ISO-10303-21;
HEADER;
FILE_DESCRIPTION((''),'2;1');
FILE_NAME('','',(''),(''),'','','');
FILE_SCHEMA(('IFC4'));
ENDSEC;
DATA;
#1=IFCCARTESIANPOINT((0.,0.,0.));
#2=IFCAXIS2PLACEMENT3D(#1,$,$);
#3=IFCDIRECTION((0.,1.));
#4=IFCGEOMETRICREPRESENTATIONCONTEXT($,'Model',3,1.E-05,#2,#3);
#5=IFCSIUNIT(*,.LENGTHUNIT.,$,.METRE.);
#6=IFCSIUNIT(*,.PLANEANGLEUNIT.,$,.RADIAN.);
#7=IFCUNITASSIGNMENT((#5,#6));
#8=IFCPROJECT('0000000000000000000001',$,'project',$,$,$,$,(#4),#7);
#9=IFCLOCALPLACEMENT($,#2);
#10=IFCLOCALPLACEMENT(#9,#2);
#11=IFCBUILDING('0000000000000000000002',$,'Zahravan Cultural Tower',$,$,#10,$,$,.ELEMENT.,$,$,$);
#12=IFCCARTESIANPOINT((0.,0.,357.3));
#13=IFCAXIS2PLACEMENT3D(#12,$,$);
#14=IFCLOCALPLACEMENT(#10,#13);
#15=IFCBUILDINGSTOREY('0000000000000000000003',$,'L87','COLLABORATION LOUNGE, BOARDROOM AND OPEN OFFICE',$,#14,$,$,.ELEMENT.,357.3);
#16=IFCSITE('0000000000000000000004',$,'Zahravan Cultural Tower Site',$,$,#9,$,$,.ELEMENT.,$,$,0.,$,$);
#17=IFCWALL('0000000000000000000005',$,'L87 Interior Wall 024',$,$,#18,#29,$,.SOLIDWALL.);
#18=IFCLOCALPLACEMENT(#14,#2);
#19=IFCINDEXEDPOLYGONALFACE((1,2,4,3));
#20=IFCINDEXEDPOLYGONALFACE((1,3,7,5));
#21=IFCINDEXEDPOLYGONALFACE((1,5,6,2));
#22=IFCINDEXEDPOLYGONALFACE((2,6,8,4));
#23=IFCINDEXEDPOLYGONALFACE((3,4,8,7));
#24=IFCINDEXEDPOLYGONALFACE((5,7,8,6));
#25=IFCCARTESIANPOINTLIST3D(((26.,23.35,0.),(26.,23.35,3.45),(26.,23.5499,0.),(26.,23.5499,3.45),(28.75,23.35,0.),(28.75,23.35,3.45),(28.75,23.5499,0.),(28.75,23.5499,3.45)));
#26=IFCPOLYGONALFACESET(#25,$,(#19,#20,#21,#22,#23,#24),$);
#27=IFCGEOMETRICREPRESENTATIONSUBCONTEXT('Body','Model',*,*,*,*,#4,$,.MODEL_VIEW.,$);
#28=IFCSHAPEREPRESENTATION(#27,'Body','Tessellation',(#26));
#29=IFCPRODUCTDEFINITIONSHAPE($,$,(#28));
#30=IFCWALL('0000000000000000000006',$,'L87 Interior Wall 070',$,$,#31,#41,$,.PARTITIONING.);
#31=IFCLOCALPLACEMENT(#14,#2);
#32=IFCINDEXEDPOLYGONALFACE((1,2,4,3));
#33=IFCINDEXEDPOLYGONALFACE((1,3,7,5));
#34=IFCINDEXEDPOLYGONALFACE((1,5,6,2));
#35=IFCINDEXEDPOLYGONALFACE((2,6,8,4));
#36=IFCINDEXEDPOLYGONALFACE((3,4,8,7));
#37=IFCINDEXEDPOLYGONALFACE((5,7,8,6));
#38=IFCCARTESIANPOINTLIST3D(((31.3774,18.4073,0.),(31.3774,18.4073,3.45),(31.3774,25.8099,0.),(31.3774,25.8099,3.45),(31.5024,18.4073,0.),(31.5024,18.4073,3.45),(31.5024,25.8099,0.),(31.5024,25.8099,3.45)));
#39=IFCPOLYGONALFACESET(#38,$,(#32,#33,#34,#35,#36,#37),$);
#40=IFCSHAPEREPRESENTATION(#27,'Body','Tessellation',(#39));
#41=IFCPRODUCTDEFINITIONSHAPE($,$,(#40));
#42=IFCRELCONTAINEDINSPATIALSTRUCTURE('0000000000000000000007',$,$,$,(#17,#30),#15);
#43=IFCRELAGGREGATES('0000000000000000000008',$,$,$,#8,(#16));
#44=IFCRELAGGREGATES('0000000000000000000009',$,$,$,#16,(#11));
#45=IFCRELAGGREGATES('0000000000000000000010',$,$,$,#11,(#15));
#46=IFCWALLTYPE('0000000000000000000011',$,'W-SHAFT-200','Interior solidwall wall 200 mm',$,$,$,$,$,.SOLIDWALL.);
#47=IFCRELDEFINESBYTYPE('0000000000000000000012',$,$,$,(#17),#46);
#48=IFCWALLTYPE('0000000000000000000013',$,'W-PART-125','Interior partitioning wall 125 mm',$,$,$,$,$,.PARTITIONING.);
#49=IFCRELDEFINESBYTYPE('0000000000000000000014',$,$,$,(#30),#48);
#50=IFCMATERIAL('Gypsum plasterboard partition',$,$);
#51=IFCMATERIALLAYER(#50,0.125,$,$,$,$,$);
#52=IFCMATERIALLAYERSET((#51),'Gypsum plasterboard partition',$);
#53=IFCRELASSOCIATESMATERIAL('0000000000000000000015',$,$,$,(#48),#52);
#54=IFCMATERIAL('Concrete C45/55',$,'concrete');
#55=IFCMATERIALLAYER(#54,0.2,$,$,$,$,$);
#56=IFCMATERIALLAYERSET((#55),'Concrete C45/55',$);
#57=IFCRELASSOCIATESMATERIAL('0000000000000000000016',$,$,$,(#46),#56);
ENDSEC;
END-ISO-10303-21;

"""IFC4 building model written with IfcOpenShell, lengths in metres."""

from ifc_helpers import new_model, si_unit, direction, frame, frame_2d, origin, place, context, subcontext, project, spatial, rectangle, extrude, source, transform, mapped, material, layer, layer_set, type_object, element, save


model = new_model("IFC4")

# Units and contexts
model_context = context("Model", 3, precision=1e-05, world=origin(), true_north=direction((0.0, 1.0)))
body_context = subcontext(model_context, "Body", "Model", "MODEL_VIEW")
ifc_project = project(units=[si_unit("LENGTHUNIT", "METRE"), si_unit("PLANEANGLEUNIT", "RADIAN")], contexts=[model_context])

# Site, building, storey
site_placement = place(None, origin())
site = spatial("IfcSite", under=ifc_project, at=site_placement, Name="Zahravan Cultural Tower Site", CompositionType="ELEMENT", RefElevation=0.0)
building_placement = place(site_placement, origin())
building = spatial("IfcBuilding", under=site, at=building_placement, Name="Zahravan Cultural Tower", CompositionType="ELEMENT")
storey_placement = place(building_placement, frame((0.0, 0.0, 357.3)))
storey = spatial("IfcBuildingStorey", under=building, at=storey_placement, Name="L87", Description="COLLABORATION LOUNGE, BOARDROOM AND OPEN OFFICE", CompositionType="ELEMENT", Elevation=357.3)

# Shared definitions
ifc_material_1 = material(Name="Gypsum plasterboard partition")
ifc_layer_1 = layer(ifc_material_1, 0.125)
ifc_layer_set_1 = layer_set([ifc_layer_1], Name="Gypsum plasterboard partition")
wall_type_1 = type_object("IfcWallType", Name="W-PART-125", Description="Interior partitioning wall 125 mm", PredefinedType="PARTITIONING", material=ifc_layer_set_1)

# Shared definitions
ifc_material_2 = material(Name="Concrete C45/55", Category="concrete")
ifc_layer_2 = layer(ifc_material_2, 0.2)
ifc_layer_set_2 = layer_set([ifc_layer_2], Name="Concrete C45/55")
wall_type_2 = type_object("IfcWallType", Name="W-SHAFT-200", Description="Interior solidwall wall 200 mm", PredefinedType="SOLIDWALL", material=ifc_layer_set_2)

# Walls
shared_shape_1 = source(origin(), body_context, "Body", "SweptSolid", [
    extrude(rectangle(XDim=2.75, YDim=0.2, at=frame_2d((1.375, 0.0))), origin(), (0.0, 0.0, 1.0), 3.45),
])
wall_1_placement = place(storey_placement, frame((26.0, 23.45, 0.0), z_axis=(0.0, 0.0, 1.0), x_axis=(1.0, 0.0, 0.0)))
element("IfcWall", 1, at=wall_1_placement, inside=storey, type_object=wall_type_2, Name="L87 Interior Wall 024", PredefinedType="SOLIDWALL", context=body_context, shape_type="MappedRepresentation", body=[
    mapped(shared_shape_1, transform((0.0, 0.0, 0.0), x_axis=(1.0, 0.0, 0.0), y_axis=(0.0, 1.0, 0.0), z_axis=(0.0, 0.0, 1.0), scale=1.0)),
])
shared_shape_2 = source(origin(), body_context, "Body", "SweptSolid", [
    extrude(rectangle(XDim=7.4026, YDim=0.125, at=frame_2d((3.7012, 0.0))), origin(), (0.0, 0.0, 1.0), 3.45),
])
wall_2_placement = place(storey_placement, frame((31.4399, 18.4075, 0.0), z_axis=(0.0, 0.0, 1.0), x_axis=(0.0, 1.0, 0.0)))
element("IfcWall", 2, at=wall_2_placement, inside=storey, type_object=wall_type_1, Name="L87 Interior Wall 070", PredefinedType="PARTITIONING", context=body_context, shape_type="MappedRepresentation", body=[
    mapped(shared_shape_2, transform((0.0, 0.0, 0.0), x_axis=(1.0, 0.0, 0.0), y_axis=(0.0, 1.0, 0.0), z_axis=(0.0, 0.0, 1.0), scale=1.0)),
])

save(model, "model.ifc")
